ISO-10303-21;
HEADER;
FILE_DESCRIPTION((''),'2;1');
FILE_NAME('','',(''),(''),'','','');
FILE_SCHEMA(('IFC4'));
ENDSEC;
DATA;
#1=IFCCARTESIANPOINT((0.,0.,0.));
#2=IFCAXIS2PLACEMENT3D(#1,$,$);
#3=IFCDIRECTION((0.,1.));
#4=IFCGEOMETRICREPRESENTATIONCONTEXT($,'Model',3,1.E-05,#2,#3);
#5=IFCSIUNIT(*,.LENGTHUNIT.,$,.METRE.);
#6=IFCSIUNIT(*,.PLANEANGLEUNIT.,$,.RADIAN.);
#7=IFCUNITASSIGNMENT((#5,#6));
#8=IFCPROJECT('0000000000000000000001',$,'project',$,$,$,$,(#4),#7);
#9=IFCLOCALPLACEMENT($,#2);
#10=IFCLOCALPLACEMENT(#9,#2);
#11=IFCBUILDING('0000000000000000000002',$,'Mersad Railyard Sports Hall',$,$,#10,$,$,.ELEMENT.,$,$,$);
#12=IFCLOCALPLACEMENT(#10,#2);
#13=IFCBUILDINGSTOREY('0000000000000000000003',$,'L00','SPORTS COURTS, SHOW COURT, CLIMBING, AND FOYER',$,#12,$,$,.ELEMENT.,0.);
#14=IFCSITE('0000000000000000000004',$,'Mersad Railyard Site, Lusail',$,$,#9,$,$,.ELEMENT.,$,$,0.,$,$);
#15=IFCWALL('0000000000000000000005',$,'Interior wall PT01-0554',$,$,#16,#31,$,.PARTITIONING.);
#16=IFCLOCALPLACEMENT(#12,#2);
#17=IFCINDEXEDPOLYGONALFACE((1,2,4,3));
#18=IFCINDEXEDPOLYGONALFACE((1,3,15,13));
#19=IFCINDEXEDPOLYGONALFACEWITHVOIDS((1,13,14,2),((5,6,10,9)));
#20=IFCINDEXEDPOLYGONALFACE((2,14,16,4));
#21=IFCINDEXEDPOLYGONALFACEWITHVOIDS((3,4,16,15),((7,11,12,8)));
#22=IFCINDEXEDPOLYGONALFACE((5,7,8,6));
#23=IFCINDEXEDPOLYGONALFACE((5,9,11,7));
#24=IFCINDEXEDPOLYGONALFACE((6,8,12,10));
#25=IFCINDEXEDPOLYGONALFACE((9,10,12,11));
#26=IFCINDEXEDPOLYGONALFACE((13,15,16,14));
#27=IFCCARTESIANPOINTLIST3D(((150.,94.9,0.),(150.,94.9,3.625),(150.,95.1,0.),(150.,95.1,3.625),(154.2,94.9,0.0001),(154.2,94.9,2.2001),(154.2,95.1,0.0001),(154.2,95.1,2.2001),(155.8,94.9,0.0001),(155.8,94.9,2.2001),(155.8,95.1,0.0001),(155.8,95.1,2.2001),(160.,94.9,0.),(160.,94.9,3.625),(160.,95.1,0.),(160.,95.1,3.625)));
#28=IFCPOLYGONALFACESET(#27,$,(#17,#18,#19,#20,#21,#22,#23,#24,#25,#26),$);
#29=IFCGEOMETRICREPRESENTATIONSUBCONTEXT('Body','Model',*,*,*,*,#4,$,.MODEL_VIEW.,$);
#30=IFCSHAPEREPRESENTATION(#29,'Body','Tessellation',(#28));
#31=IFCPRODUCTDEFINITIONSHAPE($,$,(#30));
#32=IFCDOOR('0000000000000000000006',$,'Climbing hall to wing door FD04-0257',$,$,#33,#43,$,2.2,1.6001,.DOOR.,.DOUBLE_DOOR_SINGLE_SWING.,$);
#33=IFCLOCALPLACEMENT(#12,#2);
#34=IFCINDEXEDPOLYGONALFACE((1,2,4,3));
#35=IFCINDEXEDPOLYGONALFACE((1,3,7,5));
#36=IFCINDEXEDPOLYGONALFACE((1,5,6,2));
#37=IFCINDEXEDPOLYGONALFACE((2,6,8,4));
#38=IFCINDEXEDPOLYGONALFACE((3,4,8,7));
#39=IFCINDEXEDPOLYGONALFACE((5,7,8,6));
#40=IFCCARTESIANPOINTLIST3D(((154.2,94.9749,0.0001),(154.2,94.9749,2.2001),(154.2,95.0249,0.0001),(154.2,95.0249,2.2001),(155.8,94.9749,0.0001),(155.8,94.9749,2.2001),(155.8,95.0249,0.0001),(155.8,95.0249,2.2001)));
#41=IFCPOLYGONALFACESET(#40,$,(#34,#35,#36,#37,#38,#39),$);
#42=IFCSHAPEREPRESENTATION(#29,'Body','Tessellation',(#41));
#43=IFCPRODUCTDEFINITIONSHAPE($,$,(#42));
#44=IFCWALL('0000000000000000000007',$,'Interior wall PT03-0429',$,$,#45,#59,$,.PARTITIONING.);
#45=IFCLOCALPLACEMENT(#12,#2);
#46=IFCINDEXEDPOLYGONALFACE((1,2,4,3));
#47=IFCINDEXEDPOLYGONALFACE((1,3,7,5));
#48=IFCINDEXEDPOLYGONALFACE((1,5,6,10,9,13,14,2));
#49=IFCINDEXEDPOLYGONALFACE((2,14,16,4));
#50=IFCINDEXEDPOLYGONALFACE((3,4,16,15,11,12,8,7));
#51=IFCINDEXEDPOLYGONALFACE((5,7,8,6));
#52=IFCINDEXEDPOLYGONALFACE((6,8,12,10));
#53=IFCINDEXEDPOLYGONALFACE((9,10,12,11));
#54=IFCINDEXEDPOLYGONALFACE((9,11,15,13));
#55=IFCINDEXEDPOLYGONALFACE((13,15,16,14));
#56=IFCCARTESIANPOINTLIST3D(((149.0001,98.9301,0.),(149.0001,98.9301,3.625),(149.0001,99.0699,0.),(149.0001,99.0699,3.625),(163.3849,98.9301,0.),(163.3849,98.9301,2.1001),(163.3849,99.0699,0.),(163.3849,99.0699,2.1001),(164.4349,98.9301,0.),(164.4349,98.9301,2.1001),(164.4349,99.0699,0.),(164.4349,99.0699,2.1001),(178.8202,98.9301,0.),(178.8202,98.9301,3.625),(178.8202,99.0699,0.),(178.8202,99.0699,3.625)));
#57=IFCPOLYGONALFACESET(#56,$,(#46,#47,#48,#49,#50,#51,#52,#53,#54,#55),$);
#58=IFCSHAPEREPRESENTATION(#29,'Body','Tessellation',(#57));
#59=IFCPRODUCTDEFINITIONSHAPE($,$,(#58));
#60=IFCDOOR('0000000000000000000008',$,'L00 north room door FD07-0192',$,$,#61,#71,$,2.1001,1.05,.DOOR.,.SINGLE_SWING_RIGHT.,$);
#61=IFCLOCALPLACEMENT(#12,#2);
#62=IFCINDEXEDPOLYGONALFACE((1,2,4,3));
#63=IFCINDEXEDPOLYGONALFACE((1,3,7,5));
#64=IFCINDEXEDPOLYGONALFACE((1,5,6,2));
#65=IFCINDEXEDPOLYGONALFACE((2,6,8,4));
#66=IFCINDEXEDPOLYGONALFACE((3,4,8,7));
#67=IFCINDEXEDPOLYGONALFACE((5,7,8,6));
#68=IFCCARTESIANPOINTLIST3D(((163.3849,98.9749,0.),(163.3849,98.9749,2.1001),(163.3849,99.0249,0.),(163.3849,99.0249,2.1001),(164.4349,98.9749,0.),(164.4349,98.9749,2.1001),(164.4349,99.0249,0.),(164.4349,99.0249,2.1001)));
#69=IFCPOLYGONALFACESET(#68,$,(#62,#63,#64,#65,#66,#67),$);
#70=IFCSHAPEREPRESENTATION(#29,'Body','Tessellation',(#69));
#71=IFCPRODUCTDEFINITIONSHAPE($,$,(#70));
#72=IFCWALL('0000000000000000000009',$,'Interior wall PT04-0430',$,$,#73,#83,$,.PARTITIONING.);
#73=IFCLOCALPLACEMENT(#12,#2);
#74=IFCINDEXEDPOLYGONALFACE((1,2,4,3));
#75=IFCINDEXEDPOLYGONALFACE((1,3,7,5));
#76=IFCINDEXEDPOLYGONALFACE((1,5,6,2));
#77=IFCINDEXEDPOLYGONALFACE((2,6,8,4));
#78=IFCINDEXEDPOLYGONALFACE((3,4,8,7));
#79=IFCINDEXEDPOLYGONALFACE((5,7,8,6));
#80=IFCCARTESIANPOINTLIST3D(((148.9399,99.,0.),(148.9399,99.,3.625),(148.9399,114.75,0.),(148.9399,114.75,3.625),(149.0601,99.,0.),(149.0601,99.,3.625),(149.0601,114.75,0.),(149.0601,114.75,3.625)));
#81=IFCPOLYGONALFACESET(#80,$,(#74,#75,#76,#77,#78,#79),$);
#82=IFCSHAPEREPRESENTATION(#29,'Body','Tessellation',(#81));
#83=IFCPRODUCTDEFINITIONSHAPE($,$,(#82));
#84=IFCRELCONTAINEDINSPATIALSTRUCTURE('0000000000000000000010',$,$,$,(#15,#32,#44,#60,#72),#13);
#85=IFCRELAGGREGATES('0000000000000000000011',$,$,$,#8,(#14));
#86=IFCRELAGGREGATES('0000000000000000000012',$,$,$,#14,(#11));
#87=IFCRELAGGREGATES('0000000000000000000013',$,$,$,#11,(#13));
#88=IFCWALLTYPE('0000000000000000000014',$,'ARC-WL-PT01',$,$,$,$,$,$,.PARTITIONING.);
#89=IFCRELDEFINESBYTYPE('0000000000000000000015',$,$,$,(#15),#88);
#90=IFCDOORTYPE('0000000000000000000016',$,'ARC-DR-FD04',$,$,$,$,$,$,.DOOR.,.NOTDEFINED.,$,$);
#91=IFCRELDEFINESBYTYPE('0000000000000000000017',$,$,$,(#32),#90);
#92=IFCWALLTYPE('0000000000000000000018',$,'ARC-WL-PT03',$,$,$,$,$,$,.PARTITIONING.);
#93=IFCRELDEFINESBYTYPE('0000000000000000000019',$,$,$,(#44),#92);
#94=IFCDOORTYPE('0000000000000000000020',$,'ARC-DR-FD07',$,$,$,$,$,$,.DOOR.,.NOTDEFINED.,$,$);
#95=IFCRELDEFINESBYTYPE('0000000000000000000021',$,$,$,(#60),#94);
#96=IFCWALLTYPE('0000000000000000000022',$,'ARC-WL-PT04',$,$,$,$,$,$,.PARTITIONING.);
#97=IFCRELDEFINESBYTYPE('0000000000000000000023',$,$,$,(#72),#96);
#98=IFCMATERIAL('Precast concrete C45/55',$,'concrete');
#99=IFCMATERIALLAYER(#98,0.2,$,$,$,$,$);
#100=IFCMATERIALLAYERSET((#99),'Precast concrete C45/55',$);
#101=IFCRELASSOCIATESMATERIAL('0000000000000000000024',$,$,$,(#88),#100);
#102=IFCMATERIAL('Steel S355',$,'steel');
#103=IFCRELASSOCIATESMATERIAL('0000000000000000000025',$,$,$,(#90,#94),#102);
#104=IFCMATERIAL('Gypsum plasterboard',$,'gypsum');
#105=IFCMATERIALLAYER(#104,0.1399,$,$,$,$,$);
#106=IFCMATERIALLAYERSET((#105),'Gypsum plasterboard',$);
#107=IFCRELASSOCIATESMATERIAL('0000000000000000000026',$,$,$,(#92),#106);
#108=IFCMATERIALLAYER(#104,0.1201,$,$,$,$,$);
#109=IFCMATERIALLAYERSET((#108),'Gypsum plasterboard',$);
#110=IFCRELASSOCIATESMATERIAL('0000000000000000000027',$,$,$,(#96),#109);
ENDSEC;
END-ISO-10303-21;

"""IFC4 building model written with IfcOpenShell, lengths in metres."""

from ifc_helpers import new_model, si_unit, direction, frame, frame_2d, origin, place, context, subcontext, project, spatial, rectangle, extrude, material, layer, layer_set, type_object, element, fill, save


model = new_model("IFC4")

# Units and contexts
model_context = context("Model", 3, precision=1e-05, world=origin(), true_north=direction((0.0, 1.0)))
body_context = subcontext(model_context, "Body", "Model", "MODEL_VIEW")
ifc_project = project(units=[si_unit("LENGTHUNIT", "METRE"), si_unit("PLANEANGLEUNIT", "RADIAN")], contexts=[model_context])

# Site, building, storey
site_placement = place(None, origin())
site = spatial("IfcSite", under=ifc_project, at=site_placement, Name="Mersad Railyard Site, Lusail", CompositionType="ELEMENT", RefElevation=0.0)
building_placement = place(site_placement, origin())
building = spatial("IfcBuilding", under=site, at=building_placement, Name="Mersad Railyard Sports Hall", CompositionType="ELEMENT")
storey_placement = place(building_placement, origin())
storey = spatial("IfcBuildingStorey", under=building, at=storey_placement, Name="L00", Description="SPORTS COURTS, SHOW COURT, CLIMBING, AND FOYER", CompositionType="ELEMENT", Elevation=0.0)

# Walls, openings, doors
ifc_material_1 = material(Name="Precast concrete C45/55", Category="concrete")
ifc_layer_1 = layer(ifc_material_1, 0.2)
ifc_layer_set_1 = layer_set([ifc_layer_1], Name="Precast concrete C45/55")
wall_type_1 = type_object("IfcWallType", Name="ARC-WL-PT01", PredefinedType="PARTITIONING", material=ifc_layer_set_1)
wall_1_placement = place(storey_placement, frame((150.0, 95.0, 0.0), z_axis=(0.0, 0.0, 1.0), x_axis=(1.0, 0.0, 0.0)))
wall_1 = element("IfcWall", 1, at=wall_1_placement, inside=storey, type_object=wall_type_1, Name="Interior wall PT01-0554", PredefinedType="PARTITIONING", context=body_context, shape_type="SweptSolid", body=[
    extrude(rectangle(XDim=10.0, YDim=0.2, at=frame_2d((5.0, 0.0))), origin(), (0.0, 0.0, 1.0), 3.625),
])
opening_1_placement = place(wall_1_placement, frame((4.2, 0.0, 0.0)))
opening_1 = element("IfcOpeningElement", 2, at=opening_1_placement, cuts=wall_1, PredefinedType="OPENING", context=body_context, shape_type="SweptSolid", body=[
    extrude(rectangle(XDim=1.6001, YDim=2.2, at=frame_2d((0.8, 1.1001))), frame((0.0, 0.1099, 0.0), z_axis=(0.0, -1.0, 0.0), x_axis=(1.0, 0.0, 0.0)), (0.0, 0.0, 1.0), 0.22),
])
ifc_material_2 = material(Name="Steel S355", Category="steel")
door_type_1 = type_object("IfcDoorType", Name="ARC-DR-FD04", OperationType="NOTDEFINED", PredefinedType="DOOR", material=ifc_material_2)
door_1_placement = place(opening_1_placement, origin())
door_1 = element("IfcDoor", 3, at=door_1_placement, inside=storey, type_object=door_type_1, Name="Climbing hall to wing door FD04-0257", OperationType="DOUBLE_DOOR_SINGLE_SWING", OverallHeight=2.2, OverallWidth=1.6001, PredefinedType="DOOR", context=body_context, shape_type="SweptSolid", body=[
    extrude(rectangle(XDim=1.6001, YDim=2.2, at=frame_2d((0.8, 1.1001))), frame((0.0, 0.0249, 0.0), z_axis=(0.0, -1.0, 0.0), x_axis=(1.0, 0.0, 0.0)), (0.0, 0.0, 1.0), 0.05),
])
fill(opening_1, door_1)
ifc_material_3 = material(Name="Gypsum plasterboard", Category="gypsum")
ifc_layer_2 = layer(ifc_material_3, 0.1399)
ifc_layer_set_2 = layer_set([ifc_layer_2], Name="Gypsum plasterboard")
wall_type_2 = type_object("IfcWallType", Name="ARC-WL-PT03", PredefinedType="PARTITIONING", material=ifc_layer_set_2)
wall_2_placement = place(storey_placement, frame((149.0, 99.0, 0.0), z_axis=(0.0, 0.0, 1.0), x_axis=(1.0, 0.0, 0.0)))
wall_2 = element("IfcWall", 4, at=wall_2_placement, inside=storey, type_object=wall_type_2, Name="Interior wall PT03-0429", PredefinedType="PARTITIONING", context=body_context, shape_type="SweptSolid", body=[
    extrude(rectangle(XDim=29.8201, YDim=0.1399, at=frame_2d((14.9102, 0.0))), origin(), (0.0, 0.0, 1.0), 3.625),
])
opening_2_placement = place(wall_2_placement, frame((14.385, 0.0, 0.0)))
opening_2 = element("IfcOpeningElement", 5, at=opening_2_placement, cuts=wall_2, PredefinedType="OPENING", context=body_context, shape_type="SweptSolid", body=[
    extrude(rectangle(XDim=1.05, YDim=2.1001, at=frame_2d((0.5249, 1.05))), frame((0.0, 0.0798, 0.0), z_axis=(0.0, -1.0, 0.0), x_axis=(1.0, 0.0, 0.0)), (0.0, 0.0, 1.0), 0.1599),
])
door_type_2 = type_object("IfcDoorType", Name="ARC-DR-FD07", OperationType="NOTDEFINED", PredefinedType="DOOR", material=ifc_material_2)
door_2_placement = place(opening_2_placement, origin())
door_2 = element("IfcDoor", 6, at=door_2_placement, inside=storey, type_object=door_type_2, Name="L00 north room door FD07-0192", OperationType="SINGLE_SWING_RIGHT", OverallHeight=2.1001, OverallWidth=1.05, PredefinedType="DOOR", context=body_context, shape_type="SweptSolid", body=[
    extrude(rectangle(XDim=1.05, YDim=2.1001, at=frame_2d((0.5249, 1.05))), frame((0.0, 0.0249, 0.0), z_axis=(0.0, -1.0, 0.0), x_axis=(1.0, 0.0, 0.0)), (0.0, 0.0, 1.0), 0.05),
])
fill(opening_2, door_2)

# Wall
ifc_layer_3 = layer(ifc_material_3, 0.1201)
ifc_layer_set_3 = layer_set([ifc_layer_3], Name="Gypsum plasterboard")
wall_type_3 = type_object("IfcWallType", Name="ARC-WL-PT04", PredefinedType="PARTITIONING", material=ifc_layer_set_3)
wall_3_placement = place(storey_placement, frame((149.0, 99.0, 0.0), z_axis=(0.0, 0.0, 1.0), x_axis=(0.0, 1.0, 0.0)))
element("IfcWall", 7, at=wall_3_placement, inside=storey, type_object=wall_type_3, Name="Interior wall PT04-0430", PredefinedType="PARTITIONING", context=body_context, shape_type="SweptSolid", body=[
    extrude(rectangle(XDim=15.75, YDim=0.1201, at=frame_2d((7.875, 0.0))), origin(), (0.0, 0.0, 1.0), 3.625),
])

save(model, "model.ifc")
